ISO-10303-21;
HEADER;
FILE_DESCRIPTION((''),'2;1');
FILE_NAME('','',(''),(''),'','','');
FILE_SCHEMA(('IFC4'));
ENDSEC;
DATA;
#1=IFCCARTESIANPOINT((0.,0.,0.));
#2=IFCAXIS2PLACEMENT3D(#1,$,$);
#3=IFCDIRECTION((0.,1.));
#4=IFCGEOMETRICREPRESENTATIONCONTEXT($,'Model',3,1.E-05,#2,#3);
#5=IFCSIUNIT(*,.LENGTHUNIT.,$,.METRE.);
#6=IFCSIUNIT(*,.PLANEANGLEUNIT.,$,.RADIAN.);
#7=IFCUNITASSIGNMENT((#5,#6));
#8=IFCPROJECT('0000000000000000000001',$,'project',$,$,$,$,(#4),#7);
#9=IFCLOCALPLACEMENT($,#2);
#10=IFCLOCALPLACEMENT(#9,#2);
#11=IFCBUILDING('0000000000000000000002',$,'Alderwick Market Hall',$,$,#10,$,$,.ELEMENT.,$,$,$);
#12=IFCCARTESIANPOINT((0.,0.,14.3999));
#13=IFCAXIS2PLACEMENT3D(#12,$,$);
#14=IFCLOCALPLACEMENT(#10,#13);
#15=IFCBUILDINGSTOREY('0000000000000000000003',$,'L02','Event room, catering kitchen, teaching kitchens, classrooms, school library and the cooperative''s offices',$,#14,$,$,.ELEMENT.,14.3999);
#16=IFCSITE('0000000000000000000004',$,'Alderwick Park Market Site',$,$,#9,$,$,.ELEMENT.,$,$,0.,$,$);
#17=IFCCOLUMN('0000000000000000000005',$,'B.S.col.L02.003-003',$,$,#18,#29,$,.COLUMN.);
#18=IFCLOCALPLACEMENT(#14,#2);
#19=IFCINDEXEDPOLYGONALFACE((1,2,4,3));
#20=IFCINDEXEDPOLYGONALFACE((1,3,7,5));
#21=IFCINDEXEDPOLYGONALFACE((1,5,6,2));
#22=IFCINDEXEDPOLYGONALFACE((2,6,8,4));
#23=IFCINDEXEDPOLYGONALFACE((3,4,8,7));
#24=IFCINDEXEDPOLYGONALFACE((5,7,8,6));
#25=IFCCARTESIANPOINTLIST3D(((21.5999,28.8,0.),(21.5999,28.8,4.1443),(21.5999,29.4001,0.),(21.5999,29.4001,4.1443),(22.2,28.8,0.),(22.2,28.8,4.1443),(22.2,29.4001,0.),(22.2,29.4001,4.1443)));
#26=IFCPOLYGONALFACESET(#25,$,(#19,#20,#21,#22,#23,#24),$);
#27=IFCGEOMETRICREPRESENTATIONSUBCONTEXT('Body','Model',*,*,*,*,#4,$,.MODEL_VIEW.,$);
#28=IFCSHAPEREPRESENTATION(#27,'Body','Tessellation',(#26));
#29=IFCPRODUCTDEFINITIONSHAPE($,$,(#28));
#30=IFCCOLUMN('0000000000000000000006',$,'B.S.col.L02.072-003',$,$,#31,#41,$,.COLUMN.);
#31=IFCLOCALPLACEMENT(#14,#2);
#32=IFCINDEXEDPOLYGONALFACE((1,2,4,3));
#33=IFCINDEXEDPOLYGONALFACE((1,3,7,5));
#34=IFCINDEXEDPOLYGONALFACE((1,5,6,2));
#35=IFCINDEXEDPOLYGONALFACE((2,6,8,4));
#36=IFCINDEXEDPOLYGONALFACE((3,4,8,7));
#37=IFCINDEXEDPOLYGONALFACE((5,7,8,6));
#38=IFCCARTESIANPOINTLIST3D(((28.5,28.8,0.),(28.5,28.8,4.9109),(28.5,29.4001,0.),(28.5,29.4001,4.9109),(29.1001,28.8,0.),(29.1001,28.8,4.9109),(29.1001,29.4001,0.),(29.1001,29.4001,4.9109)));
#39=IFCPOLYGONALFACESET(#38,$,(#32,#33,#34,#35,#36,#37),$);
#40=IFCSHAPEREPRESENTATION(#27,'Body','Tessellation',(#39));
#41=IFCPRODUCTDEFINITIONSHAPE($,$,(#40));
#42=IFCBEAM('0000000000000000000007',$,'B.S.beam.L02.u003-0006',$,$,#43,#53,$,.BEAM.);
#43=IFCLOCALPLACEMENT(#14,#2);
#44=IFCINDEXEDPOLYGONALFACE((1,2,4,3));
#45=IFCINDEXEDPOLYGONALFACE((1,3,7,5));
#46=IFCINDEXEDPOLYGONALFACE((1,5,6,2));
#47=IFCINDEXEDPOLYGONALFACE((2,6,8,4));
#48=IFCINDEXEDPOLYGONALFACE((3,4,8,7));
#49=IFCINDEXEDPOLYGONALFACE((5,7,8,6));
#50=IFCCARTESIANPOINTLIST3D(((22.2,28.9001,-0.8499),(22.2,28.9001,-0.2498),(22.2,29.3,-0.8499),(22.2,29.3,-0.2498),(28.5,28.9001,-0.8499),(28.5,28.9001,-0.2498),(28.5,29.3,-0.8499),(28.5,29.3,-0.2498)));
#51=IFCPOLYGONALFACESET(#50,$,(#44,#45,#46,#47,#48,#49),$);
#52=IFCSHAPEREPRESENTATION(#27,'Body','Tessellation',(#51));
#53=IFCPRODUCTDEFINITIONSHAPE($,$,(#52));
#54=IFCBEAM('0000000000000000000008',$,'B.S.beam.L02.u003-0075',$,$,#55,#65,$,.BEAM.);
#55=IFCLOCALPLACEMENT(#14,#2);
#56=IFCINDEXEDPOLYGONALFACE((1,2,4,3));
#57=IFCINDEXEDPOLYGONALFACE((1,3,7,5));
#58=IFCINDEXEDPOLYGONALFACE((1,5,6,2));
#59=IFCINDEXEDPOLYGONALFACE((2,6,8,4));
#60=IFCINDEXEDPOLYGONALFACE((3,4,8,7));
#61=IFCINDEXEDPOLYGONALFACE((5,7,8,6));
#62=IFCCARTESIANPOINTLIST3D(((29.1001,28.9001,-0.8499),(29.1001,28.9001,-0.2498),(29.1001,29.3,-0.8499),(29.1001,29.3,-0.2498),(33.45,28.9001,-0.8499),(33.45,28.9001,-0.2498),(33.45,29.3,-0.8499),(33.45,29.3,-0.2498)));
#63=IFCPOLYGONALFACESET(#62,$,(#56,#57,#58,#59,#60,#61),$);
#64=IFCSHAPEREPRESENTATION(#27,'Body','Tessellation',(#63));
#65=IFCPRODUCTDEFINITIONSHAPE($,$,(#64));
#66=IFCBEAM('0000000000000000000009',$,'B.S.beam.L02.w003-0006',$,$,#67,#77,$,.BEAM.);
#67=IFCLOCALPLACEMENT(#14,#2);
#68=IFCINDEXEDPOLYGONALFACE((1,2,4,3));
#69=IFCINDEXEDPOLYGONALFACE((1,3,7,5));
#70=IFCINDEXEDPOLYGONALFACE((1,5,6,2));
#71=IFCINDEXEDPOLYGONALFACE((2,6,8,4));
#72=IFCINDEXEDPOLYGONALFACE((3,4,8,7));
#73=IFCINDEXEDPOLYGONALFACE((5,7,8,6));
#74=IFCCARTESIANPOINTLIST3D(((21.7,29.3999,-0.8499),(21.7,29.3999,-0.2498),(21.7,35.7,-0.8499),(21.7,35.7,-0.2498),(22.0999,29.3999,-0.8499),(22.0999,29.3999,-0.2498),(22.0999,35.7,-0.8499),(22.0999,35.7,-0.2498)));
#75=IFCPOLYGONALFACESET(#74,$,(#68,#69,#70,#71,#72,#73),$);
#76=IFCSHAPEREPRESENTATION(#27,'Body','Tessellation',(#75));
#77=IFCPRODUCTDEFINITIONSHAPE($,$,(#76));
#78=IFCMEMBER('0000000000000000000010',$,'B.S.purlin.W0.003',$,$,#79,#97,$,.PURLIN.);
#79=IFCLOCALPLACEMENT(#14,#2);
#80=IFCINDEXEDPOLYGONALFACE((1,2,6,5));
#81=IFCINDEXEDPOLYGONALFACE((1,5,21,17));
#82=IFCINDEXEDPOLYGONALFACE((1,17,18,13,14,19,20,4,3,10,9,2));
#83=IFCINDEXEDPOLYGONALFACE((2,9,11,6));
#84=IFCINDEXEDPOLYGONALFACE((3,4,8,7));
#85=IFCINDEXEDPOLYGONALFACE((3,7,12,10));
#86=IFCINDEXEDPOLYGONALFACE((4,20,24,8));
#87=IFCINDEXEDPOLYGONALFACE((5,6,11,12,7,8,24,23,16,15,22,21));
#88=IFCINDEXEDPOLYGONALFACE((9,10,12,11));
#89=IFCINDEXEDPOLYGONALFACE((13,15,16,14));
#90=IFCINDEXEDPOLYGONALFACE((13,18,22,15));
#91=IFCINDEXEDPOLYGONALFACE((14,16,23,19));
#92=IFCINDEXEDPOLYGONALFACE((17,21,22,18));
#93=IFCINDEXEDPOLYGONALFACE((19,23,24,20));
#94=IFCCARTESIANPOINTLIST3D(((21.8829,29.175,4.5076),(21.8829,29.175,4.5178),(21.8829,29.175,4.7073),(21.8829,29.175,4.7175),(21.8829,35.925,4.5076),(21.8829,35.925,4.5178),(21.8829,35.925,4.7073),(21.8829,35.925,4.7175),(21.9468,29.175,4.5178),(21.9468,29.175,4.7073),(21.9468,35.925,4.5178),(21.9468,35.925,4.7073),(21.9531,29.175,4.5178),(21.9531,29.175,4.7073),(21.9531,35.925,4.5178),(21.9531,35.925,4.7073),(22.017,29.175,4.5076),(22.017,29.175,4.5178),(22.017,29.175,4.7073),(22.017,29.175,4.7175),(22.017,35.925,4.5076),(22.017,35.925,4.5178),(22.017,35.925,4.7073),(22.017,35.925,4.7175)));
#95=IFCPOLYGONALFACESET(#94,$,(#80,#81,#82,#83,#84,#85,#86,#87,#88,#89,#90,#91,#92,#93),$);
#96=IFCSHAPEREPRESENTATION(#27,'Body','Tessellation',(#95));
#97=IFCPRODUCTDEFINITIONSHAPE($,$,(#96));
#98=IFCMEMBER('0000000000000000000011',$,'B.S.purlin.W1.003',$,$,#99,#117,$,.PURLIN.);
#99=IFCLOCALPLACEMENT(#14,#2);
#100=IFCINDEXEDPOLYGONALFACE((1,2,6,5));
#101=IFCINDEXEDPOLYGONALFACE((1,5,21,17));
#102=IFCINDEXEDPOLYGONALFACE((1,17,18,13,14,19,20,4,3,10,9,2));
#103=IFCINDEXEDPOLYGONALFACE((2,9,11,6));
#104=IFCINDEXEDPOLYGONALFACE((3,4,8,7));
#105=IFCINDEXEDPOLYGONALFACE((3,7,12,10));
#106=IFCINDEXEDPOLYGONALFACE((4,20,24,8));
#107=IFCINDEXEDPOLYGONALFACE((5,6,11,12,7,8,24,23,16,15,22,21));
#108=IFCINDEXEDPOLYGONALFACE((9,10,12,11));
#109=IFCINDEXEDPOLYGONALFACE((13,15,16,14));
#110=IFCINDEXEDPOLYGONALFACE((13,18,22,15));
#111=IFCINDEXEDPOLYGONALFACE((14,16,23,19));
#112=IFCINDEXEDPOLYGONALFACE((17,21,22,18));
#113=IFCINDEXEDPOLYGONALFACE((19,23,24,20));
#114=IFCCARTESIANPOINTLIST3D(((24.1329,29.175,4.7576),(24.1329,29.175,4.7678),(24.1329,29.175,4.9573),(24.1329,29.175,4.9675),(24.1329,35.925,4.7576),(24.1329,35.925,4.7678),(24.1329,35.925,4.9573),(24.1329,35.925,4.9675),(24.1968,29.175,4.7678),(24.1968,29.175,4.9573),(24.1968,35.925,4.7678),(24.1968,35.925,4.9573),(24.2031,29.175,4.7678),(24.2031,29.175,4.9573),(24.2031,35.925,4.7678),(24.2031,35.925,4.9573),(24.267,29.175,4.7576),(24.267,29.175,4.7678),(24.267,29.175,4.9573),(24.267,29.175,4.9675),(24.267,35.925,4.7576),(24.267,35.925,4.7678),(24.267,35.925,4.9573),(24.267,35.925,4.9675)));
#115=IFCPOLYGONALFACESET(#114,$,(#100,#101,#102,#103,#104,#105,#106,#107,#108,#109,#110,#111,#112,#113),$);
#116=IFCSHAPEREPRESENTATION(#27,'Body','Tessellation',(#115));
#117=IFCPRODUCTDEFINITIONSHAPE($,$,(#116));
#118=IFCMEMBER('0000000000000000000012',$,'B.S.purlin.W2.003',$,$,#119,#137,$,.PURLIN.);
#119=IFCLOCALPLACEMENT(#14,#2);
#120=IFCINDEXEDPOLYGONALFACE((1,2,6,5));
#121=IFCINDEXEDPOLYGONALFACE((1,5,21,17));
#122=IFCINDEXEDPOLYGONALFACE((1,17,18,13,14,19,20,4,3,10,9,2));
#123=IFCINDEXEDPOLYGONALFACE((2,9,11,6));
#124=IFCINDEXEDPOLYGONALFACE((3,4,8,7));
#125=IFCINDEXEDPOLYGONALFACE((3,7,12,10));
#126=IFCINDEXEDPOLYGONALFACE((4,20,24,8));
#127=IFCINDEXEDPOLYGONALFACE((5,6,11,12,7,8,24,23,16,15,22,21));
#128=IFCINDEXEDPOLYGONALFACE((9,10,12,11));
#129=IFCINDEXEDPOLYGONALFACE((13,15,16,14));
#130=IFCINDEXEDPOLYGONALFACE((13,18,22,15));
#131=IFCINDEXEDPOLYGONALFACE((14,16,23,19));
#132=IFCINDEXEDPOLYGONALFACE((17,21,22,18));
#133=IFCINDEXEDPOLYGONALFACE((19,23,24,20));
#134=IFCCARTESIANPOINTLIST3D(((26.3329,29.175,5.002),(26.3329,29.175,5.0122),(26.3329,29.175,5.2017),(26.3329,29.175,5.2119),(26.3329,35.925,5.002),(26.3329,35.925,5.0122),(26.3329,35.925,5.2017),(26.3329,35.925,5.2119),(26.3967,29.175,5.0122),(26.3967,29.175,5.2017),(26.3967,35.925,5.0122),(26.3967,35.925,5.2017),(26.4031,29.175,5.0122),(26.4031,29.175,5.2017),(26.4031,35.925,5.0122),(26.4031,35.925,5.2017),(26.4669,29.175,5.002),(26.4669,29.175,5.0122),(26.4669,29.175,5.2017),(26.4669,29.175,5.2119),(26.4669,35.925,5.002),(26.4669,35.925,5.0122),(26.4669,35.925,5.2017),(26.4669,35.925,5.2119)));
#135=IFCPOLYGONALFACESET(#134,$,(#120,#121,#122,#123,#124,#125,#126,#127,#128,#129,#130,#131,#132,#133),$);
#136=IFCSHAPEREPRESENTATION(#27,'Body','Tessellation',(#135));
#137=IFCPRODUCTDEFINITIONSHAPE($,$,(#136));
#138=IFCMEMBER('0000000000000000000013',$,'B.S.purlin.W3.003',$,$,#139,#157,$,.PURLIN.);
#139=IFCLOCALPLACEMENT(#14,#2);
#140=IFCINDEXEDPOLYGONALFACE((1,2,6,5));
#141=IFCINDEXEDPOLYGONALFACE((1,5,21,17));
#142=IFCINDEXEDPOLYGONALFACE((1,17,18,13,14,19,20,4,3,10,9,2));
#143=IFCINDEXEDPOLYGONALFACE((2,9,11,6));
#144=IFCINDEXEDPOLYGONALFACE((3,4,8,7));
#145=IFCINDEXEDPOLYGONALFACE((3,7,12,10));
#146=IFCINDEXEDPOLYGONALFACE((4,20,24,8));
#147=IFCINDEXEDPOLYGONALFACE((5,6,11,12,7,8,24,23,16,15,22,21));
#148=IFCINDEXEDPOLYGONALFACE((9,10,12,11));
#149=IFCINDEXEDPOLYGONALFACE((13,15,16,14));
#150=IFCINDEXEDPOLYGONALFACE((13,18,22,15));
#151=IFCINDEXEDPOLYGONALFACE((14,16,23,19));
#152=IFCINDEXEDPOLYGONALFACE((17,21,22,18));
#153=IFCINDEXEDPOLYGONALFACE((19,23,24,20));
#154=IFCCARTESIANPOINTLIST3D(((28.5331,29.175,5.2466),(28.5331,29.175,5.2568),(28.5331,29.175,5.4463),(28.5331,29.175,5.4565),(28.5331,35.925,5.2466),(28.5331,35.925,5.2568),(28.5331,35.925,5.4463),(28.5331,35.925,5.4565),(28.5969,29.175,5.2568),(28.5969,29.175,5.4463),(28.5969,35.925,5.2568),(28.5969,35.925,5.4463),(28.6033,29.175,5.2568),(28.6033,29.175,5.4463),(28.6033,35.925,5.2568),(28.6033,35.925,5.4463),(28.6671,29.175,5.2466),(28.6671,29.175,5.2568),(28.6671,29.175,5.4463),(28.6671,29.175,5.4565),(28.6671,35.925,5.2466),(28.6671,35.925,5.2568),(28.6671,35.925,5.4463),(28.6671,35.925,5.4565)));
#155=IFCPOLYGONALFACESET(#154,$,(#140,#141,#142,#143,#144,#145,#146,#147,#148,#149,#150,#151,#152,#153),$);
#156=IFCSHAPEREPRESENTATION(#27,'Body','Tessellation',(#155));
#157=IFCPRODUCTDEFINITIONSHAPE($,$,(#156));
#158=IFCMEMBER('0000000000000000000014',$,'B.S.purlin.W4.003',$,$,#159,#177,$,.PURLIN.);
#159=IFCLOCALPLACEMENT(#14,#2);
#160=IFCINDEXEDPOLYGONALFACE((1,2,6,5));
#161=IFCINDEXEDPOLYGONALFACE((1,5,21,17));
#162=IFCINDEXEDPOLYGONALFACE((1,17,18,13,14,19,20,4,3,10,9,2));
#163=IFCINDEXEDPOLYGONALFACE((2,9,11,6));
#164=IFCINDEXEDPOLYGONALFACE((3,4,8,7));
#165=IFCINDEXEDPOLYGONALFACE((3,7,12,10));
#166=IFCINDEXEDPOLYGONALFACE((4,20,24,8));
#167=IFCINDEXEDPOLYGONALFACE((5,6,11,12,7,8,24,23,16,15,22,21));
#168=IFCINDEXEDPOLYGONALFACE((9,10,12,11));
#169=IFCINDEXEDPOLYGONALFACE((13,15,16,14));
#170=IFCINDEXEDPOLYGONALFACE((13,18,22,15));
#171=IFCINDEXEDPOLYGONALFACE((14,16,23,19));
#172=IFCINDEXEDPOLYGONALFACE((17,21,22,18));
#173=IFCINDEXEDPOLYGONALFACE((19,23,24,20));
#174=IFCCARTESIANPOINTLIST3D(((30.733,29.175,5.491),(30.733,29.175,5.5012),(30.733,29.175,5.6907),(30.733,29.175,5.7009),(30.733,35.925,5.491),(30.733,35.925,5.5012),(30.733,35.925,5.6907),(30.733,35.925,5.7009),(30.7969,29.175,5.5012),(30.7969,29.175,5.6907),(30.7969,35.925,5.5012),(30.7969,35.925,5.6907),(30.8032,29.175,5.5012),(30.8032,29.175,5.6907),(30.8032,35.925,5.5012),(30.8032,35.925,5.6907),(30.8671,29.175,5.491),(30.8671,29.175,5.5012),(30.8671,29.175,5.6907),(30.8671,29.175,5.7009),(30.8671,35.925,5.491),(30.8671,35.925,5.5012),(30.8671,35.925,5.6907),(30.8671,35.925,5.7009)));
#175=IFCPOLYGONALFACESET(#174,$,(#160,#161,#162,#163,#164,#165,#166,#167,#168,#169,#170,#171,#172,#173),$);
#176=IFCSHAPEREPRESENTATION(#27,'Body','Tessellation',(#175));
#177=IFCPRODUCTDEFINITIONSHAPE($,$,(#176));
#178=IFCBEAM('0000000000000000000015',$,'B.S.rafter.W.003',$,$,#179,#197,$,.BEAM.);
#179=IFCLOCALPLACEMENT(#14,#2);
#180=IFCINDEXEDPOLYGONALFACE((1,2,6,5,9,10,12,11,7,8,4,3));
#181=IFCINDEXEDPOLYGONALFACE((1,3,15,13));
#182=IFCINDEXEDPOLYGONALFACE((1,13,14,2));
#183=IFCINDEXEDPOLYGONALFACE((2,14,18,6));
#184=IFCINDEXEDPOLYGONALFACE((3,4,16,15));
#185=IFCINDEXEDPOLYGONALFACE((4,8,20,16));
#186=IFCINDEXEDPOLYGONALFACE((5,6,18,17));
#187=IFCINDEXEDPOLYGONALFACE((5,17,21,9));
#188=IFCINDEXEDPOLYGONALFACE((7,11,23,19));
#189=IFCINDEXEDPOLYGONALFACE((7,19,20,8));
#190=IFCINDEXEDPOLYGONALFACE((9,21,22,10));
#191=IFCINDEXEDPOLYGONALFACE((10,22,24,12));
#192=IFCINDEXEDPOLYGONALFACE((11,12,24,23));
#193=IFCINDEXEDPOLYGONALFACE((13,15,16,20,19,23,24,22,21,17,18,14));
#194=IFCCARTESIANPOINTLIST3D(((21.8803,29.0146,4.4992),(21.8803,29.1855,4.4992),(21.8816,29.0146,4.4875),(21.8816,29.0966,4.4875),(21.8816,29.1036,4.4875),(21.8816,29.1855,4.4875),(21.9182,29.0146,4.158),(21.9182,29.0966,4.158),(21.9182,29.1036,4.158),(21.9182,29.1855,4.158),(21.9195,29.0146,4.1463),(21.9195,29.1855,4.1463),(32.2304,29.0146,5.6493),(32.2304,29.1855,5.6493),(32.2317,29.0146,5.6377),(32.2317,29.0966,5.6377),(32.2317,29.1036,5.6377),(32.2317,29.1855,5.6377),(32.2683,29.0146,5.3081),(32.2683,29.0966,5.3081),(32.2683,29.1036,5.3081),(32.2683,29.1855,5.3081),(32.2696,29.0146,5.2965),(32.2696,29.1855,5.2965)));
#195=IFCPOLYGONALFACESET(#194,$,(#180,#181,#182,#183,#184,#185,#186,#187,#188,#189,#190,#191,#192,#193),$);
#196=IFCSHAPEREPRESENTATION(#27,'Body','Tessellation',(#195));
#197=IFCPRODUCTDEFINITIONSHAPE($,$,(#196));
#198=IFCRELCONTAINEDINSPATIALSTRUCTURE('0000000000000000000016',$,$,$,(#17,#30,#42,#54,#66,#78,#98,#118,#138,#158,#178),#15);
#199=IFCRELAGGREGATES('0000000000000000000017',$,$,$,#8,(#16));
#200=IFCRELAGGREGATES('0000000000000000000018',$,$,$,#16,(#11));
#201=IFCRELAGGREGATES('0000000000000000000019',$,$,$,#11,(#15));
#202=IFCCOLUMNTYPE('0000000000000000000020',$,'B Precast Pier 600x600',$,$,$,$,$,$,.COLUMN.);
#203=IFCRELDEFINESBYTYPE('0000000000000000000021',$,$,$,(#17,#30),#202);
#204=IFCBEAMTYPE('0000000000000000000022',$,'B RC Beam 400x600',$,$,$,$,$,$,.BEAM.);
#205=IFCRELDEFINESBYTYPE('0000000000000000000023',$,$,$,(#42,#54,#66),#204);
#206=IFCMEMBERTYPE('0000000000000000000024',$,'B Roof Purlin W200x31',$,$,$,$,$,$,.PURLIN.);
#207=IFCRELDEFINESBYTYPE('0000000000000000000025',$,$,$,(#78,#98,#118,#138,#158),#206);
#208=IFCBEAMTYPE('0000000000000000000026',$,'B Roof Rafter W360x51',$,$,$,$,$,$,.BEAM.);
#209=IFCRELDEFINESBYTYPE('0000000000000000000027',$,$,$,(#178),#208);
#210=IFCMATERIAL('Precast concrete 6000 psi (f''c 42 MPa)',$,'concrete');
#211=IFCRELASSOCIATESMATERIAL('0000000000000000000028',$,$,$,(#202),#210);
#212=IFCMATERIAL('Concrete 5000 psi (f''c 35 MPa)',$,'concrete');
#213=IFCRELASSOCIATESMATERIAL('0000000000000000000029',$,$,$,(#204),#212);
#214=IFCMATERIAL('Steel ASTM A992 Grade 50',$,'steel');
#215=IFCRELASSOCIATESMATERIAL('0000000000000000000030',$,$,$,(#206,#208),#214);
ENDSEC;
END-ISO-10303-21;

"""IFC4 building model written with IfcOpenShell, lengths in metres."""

from ifc_helpers import new_model, si_unit, direction, frame, origin, origin_2d, place, context, subcontext, project, spatial, rectangle, i_section, extrude, material, material_profile, profile_set, type_object, element, save


model = new_model("IFC4")

# Units and contexts
model_context = context("Model", 3, precision=1e-05, world=origin(), true_north=direction((0.0, 1.0)))
body_context = subcontext(model_context, "Body", "Model", "MODEL_VIEW")
ifc_project = project(units=[si_unit("LENGTHUNIT", "METRE"), si_unit("PLANEANGLEUNIT", "RADIAN")], contexts=[model_context])

# Site, building, storey
site_placement = place(None, origin())
site = spatial("IfcSite", under=ifc_project, at=site_placement, Name="Alderwick Park Market Site", CompositionType="ELEMENT", RefElevation=0.0)
building_placement = place(site_placement, origin())
building = spatial("IfcBuilding", under=site, at=building_placement, Name="Alderwick Market Hall", CompositionType="ELEMENT")
storey_placement = place(building_placement, frame((0.0, 0.0, 14.3999)))
storey = spatial("IfcBuildingStorey", under=building, at=storey_placement, Name="L02", Description="Event room, catering kitchen, teaching kitchens, classrooms, school library and the cooperative's offices", CompositionType="ELEMENT", Elevation=14.3999)

# Columns
ifc_material_1 = material(Name="Precast concrete 6000 psi (f'c 42 MPa)", Category="concrete")
ifc_material_profile_1 = material_profile(ifc_material_1, rectangle(XDim=0.6001, YDim=0.6001, at=origin_2d()), Name="B Precast Pier 600x600")
ifc_profile_set_1 = profile_set([ifc_material_profile_1], Name="Precast concrete 6000 psi (f'c 42 MPa)")
column_type = type_object("IfcColumnType", Name="B Precast Pier 600x600", PredefinedType="COLUMN", material=ifc_profile_set_1)
column_1_placement = place(storey_placement, frame((21.8999, 29.1001, 0.0), z_axis=(0.0, 0.0, 1.0), x_axis=(1.0, 0.0, 0.0)))
element("IfcColumn", 1, at=column_1_placement, inside=storey, type_object=column_type, Name="B.S.col.L02.003-003", PredefinedType="COLUMN", context=body_context, shape_type="SweptSolid", body=[
    extrude(rectangle(XDim=0.6001, YDim=0.6001, at=origin_2d()), origin(), (0.0, 0.0, 1.0), 4.1443),
])
column_2_placement = place(storey_placement, frame((28.8, 29.1001, 0.0), z_axis=(0.0, 0.0, 1.0), x_axis=(1.0, 0.0, 0.0)))
element("IfcColumn", 2, at=column_2_placement, inside=storey, type_object=column_type, Name="B.S.col.L02.072-003", PredefinedType="COLUMN", context=body_context, shape_type="SweptSolid", body=[
    extrude(rectangle(XDim=0.6001, YDim=0.6001, at=origin_2d()), origin(), (0.0, 0.0, 1.0), 4.9109),
])

# Beams
ifc_material_2 = material(Name="Concrete 5000 psi (f'c 35 MPa)", Category="concrete")
ifc_material_profile_2 = material_profile(ifc_material_2, rectangle(XDim=0.3999, YDim=0.6001, at=origin_2d()), Name="B RC Beam 400x600")
ifc_profile_set_2 = profile_set([ifc_material_profile_2], Name="Concrete 5000 psi (f'c 35 MPa)")
beam_type_1 = type_object("IfcBeamType", Name="B RC Beam 400x600", PredefinedType="BEAM", material=ifc_profile_set_2)
beam_1_placement = place(storey_placement, frame((22.2, 29.1001, -0.5498), z_axis=(1.0, 0.0, 0.0), x_axis=(0.0, 1.0, 0.0)))
element("IfcBeam", 3, at=beam_1_placement, inside=storey, type_object=beam_type_1, Name="B.S.beam.L02.u003-0006", PredefinedType="BEAM", context=body_context, shape_type="SweptSolid", body=[
    extrude(rectangle(XDim=0.3999, YDim=0.6001, at=origin_2d()), origin(), (0.0, 0.0, 1.0), 6.3),
])
beam_2_placement = place(storey_placement, frame((29.1001, 29.1001, -0.5498), z_axis=(1.0, 0.0, 0.0), x_axis=(0.0, 1.0, 0.0)))
element("IfcBeam", 4, at=beam_2_placement, inside=storey, type_object=beam_type_1, Name="B.S.beam.L02.u003-0075", PredefinedType="BEAM", context=body_context, shape_type="SweptSolid", body=[
    extrude(rectangle(XDim=0.3999, YDim=0.6001, at=origin_2d()), origin(), (0.0, 0.0, 1.0), 4.3499),
])
beam_3_placement = place(storey_placement, frame((21.8999, 29.3999, -0.5498), z_axis=(0.0, 1.0, 0.0), x_axis=(-1.0, 0.0, 0.0)))
element("IfcBeam", 5, at=beam_3_placement, inside=storey, type_object=beam_type_1, Name="B.S.beam.L02.w003-0006", PredefinedType="BEAM", context=body_context, shape_type="SweptSolid", body=[
    extrude(rectangle(XDim=0.3999, YDim=0.6001, at=origin_2d()), origin(), (0.0, 0.0, 1.0), 6.3),
])

# Members
ifc_material_3 = material(Name="Steel ASTM A992 Grade 50", Category="steel")
ifc_material_profile_3 = material_profile(ifc_material_3, i_section(OverallWidth=0.134, OverallDepth=0.21, WebThickness=0.0063, FlangeThickness=0.0103, at=origin_2d()), Name="W200x31")
ifc_profile_set_3 = profile_set([ifc_material_profile_3], Name="Steel ASTM A992 Grade 50")
member_type = type_object("IfcMemberType", Name="B Roof Purlin W200x31", PredefinedType="PURLIN", material=ifc_profile_set_3)
for number, where, z_axis, x_axis, name in (
    (6, (21.95, 29.175, 4.6125), (0.0, 1.0, 0.0), (-1.0, 0.0, 0.0), "B.S.purlin.W0.003"),
    (7, (24.2, 29.175, 4.8625), (0.0, 1.0, 0.0), (-1.0, 0.0, 0.0), "B.S.purlin.W1.003"),
    (8, (26.3999, 29.175, 5.1069), (0.0, 1.0, 0.0), (-1.0, 0.0, 0.0), "B.S.purlin.W2.003"),
    (9, (28.6001, 29.175, 5.3516), (0.0, 1.0, 0.0), (-1.0, 0.0, 0.0), "B.S.purlin.W3.003"),
    (10, (30.8, 29.175, 5.5959), (0.0, 1.0, 0.0), (-1.0, 0.0, 0.0), "B.S.purlin.W4.003"),
):
    element("IfcMember", number, at=place(storey_placement, frame(where, z_axis=z_axis, x_axis=x_axis)), inside=storey, type_object=member_type, Name=name, PredefinedType="PURLIN", context=body_context, shape_type="SweptSolid", body=[
        extrude(i_section(OverallWidth=0.134, OverallDepth=0.21, WebThickness=0.0063, FlangeThickness=0.0103, at=origin_2d()), origin(), (0.0, 0.0, 1.0), 6.75),
    ])

# Beam
ifc_material_profile_4 = material_profile(ifc_material_3, i_section(OverallWidth=0.1709, OverallDepth=0.355, WebThickness=0.0071, FlangeThickness=0.0117, at=origin_2d()), Name="W360x51")
ifc_profile_set_4 = profile_set([ifc_material_profile_4], Name="Steel ASTM A992 Grade 50")
beam_type_2 = type_object("IfcBeamType", Name="B Roof Rafter W360x51", PredefinedType="BEAM", material=ifc_profile_set_4)
beam_4_placement = place(storey_placement, frame((21.8999, 29.1001, 4.3228), z_axis=(0.993882, 0.0, 0.110444), x_axis=(0.0, 1.0, 0.0)))
element("IfcBeam", 11, at=beam_4_placement, inside=storey, type_object=beam_type_2, Name="B.S.rafter.W.003", PredefinedType="BEAM", context=body_context, shape_type="SweptSolid", body=[
    extrude(i_section(OverallWidth=0.1709, OverallDepth=0.355, WebThickness=0.0071, FlangeThickness=0.0117, at=origin_2d()), origin(), (0.0, 0.0, 1.0), 10.4138),
])

save(model, "model.ifc")
